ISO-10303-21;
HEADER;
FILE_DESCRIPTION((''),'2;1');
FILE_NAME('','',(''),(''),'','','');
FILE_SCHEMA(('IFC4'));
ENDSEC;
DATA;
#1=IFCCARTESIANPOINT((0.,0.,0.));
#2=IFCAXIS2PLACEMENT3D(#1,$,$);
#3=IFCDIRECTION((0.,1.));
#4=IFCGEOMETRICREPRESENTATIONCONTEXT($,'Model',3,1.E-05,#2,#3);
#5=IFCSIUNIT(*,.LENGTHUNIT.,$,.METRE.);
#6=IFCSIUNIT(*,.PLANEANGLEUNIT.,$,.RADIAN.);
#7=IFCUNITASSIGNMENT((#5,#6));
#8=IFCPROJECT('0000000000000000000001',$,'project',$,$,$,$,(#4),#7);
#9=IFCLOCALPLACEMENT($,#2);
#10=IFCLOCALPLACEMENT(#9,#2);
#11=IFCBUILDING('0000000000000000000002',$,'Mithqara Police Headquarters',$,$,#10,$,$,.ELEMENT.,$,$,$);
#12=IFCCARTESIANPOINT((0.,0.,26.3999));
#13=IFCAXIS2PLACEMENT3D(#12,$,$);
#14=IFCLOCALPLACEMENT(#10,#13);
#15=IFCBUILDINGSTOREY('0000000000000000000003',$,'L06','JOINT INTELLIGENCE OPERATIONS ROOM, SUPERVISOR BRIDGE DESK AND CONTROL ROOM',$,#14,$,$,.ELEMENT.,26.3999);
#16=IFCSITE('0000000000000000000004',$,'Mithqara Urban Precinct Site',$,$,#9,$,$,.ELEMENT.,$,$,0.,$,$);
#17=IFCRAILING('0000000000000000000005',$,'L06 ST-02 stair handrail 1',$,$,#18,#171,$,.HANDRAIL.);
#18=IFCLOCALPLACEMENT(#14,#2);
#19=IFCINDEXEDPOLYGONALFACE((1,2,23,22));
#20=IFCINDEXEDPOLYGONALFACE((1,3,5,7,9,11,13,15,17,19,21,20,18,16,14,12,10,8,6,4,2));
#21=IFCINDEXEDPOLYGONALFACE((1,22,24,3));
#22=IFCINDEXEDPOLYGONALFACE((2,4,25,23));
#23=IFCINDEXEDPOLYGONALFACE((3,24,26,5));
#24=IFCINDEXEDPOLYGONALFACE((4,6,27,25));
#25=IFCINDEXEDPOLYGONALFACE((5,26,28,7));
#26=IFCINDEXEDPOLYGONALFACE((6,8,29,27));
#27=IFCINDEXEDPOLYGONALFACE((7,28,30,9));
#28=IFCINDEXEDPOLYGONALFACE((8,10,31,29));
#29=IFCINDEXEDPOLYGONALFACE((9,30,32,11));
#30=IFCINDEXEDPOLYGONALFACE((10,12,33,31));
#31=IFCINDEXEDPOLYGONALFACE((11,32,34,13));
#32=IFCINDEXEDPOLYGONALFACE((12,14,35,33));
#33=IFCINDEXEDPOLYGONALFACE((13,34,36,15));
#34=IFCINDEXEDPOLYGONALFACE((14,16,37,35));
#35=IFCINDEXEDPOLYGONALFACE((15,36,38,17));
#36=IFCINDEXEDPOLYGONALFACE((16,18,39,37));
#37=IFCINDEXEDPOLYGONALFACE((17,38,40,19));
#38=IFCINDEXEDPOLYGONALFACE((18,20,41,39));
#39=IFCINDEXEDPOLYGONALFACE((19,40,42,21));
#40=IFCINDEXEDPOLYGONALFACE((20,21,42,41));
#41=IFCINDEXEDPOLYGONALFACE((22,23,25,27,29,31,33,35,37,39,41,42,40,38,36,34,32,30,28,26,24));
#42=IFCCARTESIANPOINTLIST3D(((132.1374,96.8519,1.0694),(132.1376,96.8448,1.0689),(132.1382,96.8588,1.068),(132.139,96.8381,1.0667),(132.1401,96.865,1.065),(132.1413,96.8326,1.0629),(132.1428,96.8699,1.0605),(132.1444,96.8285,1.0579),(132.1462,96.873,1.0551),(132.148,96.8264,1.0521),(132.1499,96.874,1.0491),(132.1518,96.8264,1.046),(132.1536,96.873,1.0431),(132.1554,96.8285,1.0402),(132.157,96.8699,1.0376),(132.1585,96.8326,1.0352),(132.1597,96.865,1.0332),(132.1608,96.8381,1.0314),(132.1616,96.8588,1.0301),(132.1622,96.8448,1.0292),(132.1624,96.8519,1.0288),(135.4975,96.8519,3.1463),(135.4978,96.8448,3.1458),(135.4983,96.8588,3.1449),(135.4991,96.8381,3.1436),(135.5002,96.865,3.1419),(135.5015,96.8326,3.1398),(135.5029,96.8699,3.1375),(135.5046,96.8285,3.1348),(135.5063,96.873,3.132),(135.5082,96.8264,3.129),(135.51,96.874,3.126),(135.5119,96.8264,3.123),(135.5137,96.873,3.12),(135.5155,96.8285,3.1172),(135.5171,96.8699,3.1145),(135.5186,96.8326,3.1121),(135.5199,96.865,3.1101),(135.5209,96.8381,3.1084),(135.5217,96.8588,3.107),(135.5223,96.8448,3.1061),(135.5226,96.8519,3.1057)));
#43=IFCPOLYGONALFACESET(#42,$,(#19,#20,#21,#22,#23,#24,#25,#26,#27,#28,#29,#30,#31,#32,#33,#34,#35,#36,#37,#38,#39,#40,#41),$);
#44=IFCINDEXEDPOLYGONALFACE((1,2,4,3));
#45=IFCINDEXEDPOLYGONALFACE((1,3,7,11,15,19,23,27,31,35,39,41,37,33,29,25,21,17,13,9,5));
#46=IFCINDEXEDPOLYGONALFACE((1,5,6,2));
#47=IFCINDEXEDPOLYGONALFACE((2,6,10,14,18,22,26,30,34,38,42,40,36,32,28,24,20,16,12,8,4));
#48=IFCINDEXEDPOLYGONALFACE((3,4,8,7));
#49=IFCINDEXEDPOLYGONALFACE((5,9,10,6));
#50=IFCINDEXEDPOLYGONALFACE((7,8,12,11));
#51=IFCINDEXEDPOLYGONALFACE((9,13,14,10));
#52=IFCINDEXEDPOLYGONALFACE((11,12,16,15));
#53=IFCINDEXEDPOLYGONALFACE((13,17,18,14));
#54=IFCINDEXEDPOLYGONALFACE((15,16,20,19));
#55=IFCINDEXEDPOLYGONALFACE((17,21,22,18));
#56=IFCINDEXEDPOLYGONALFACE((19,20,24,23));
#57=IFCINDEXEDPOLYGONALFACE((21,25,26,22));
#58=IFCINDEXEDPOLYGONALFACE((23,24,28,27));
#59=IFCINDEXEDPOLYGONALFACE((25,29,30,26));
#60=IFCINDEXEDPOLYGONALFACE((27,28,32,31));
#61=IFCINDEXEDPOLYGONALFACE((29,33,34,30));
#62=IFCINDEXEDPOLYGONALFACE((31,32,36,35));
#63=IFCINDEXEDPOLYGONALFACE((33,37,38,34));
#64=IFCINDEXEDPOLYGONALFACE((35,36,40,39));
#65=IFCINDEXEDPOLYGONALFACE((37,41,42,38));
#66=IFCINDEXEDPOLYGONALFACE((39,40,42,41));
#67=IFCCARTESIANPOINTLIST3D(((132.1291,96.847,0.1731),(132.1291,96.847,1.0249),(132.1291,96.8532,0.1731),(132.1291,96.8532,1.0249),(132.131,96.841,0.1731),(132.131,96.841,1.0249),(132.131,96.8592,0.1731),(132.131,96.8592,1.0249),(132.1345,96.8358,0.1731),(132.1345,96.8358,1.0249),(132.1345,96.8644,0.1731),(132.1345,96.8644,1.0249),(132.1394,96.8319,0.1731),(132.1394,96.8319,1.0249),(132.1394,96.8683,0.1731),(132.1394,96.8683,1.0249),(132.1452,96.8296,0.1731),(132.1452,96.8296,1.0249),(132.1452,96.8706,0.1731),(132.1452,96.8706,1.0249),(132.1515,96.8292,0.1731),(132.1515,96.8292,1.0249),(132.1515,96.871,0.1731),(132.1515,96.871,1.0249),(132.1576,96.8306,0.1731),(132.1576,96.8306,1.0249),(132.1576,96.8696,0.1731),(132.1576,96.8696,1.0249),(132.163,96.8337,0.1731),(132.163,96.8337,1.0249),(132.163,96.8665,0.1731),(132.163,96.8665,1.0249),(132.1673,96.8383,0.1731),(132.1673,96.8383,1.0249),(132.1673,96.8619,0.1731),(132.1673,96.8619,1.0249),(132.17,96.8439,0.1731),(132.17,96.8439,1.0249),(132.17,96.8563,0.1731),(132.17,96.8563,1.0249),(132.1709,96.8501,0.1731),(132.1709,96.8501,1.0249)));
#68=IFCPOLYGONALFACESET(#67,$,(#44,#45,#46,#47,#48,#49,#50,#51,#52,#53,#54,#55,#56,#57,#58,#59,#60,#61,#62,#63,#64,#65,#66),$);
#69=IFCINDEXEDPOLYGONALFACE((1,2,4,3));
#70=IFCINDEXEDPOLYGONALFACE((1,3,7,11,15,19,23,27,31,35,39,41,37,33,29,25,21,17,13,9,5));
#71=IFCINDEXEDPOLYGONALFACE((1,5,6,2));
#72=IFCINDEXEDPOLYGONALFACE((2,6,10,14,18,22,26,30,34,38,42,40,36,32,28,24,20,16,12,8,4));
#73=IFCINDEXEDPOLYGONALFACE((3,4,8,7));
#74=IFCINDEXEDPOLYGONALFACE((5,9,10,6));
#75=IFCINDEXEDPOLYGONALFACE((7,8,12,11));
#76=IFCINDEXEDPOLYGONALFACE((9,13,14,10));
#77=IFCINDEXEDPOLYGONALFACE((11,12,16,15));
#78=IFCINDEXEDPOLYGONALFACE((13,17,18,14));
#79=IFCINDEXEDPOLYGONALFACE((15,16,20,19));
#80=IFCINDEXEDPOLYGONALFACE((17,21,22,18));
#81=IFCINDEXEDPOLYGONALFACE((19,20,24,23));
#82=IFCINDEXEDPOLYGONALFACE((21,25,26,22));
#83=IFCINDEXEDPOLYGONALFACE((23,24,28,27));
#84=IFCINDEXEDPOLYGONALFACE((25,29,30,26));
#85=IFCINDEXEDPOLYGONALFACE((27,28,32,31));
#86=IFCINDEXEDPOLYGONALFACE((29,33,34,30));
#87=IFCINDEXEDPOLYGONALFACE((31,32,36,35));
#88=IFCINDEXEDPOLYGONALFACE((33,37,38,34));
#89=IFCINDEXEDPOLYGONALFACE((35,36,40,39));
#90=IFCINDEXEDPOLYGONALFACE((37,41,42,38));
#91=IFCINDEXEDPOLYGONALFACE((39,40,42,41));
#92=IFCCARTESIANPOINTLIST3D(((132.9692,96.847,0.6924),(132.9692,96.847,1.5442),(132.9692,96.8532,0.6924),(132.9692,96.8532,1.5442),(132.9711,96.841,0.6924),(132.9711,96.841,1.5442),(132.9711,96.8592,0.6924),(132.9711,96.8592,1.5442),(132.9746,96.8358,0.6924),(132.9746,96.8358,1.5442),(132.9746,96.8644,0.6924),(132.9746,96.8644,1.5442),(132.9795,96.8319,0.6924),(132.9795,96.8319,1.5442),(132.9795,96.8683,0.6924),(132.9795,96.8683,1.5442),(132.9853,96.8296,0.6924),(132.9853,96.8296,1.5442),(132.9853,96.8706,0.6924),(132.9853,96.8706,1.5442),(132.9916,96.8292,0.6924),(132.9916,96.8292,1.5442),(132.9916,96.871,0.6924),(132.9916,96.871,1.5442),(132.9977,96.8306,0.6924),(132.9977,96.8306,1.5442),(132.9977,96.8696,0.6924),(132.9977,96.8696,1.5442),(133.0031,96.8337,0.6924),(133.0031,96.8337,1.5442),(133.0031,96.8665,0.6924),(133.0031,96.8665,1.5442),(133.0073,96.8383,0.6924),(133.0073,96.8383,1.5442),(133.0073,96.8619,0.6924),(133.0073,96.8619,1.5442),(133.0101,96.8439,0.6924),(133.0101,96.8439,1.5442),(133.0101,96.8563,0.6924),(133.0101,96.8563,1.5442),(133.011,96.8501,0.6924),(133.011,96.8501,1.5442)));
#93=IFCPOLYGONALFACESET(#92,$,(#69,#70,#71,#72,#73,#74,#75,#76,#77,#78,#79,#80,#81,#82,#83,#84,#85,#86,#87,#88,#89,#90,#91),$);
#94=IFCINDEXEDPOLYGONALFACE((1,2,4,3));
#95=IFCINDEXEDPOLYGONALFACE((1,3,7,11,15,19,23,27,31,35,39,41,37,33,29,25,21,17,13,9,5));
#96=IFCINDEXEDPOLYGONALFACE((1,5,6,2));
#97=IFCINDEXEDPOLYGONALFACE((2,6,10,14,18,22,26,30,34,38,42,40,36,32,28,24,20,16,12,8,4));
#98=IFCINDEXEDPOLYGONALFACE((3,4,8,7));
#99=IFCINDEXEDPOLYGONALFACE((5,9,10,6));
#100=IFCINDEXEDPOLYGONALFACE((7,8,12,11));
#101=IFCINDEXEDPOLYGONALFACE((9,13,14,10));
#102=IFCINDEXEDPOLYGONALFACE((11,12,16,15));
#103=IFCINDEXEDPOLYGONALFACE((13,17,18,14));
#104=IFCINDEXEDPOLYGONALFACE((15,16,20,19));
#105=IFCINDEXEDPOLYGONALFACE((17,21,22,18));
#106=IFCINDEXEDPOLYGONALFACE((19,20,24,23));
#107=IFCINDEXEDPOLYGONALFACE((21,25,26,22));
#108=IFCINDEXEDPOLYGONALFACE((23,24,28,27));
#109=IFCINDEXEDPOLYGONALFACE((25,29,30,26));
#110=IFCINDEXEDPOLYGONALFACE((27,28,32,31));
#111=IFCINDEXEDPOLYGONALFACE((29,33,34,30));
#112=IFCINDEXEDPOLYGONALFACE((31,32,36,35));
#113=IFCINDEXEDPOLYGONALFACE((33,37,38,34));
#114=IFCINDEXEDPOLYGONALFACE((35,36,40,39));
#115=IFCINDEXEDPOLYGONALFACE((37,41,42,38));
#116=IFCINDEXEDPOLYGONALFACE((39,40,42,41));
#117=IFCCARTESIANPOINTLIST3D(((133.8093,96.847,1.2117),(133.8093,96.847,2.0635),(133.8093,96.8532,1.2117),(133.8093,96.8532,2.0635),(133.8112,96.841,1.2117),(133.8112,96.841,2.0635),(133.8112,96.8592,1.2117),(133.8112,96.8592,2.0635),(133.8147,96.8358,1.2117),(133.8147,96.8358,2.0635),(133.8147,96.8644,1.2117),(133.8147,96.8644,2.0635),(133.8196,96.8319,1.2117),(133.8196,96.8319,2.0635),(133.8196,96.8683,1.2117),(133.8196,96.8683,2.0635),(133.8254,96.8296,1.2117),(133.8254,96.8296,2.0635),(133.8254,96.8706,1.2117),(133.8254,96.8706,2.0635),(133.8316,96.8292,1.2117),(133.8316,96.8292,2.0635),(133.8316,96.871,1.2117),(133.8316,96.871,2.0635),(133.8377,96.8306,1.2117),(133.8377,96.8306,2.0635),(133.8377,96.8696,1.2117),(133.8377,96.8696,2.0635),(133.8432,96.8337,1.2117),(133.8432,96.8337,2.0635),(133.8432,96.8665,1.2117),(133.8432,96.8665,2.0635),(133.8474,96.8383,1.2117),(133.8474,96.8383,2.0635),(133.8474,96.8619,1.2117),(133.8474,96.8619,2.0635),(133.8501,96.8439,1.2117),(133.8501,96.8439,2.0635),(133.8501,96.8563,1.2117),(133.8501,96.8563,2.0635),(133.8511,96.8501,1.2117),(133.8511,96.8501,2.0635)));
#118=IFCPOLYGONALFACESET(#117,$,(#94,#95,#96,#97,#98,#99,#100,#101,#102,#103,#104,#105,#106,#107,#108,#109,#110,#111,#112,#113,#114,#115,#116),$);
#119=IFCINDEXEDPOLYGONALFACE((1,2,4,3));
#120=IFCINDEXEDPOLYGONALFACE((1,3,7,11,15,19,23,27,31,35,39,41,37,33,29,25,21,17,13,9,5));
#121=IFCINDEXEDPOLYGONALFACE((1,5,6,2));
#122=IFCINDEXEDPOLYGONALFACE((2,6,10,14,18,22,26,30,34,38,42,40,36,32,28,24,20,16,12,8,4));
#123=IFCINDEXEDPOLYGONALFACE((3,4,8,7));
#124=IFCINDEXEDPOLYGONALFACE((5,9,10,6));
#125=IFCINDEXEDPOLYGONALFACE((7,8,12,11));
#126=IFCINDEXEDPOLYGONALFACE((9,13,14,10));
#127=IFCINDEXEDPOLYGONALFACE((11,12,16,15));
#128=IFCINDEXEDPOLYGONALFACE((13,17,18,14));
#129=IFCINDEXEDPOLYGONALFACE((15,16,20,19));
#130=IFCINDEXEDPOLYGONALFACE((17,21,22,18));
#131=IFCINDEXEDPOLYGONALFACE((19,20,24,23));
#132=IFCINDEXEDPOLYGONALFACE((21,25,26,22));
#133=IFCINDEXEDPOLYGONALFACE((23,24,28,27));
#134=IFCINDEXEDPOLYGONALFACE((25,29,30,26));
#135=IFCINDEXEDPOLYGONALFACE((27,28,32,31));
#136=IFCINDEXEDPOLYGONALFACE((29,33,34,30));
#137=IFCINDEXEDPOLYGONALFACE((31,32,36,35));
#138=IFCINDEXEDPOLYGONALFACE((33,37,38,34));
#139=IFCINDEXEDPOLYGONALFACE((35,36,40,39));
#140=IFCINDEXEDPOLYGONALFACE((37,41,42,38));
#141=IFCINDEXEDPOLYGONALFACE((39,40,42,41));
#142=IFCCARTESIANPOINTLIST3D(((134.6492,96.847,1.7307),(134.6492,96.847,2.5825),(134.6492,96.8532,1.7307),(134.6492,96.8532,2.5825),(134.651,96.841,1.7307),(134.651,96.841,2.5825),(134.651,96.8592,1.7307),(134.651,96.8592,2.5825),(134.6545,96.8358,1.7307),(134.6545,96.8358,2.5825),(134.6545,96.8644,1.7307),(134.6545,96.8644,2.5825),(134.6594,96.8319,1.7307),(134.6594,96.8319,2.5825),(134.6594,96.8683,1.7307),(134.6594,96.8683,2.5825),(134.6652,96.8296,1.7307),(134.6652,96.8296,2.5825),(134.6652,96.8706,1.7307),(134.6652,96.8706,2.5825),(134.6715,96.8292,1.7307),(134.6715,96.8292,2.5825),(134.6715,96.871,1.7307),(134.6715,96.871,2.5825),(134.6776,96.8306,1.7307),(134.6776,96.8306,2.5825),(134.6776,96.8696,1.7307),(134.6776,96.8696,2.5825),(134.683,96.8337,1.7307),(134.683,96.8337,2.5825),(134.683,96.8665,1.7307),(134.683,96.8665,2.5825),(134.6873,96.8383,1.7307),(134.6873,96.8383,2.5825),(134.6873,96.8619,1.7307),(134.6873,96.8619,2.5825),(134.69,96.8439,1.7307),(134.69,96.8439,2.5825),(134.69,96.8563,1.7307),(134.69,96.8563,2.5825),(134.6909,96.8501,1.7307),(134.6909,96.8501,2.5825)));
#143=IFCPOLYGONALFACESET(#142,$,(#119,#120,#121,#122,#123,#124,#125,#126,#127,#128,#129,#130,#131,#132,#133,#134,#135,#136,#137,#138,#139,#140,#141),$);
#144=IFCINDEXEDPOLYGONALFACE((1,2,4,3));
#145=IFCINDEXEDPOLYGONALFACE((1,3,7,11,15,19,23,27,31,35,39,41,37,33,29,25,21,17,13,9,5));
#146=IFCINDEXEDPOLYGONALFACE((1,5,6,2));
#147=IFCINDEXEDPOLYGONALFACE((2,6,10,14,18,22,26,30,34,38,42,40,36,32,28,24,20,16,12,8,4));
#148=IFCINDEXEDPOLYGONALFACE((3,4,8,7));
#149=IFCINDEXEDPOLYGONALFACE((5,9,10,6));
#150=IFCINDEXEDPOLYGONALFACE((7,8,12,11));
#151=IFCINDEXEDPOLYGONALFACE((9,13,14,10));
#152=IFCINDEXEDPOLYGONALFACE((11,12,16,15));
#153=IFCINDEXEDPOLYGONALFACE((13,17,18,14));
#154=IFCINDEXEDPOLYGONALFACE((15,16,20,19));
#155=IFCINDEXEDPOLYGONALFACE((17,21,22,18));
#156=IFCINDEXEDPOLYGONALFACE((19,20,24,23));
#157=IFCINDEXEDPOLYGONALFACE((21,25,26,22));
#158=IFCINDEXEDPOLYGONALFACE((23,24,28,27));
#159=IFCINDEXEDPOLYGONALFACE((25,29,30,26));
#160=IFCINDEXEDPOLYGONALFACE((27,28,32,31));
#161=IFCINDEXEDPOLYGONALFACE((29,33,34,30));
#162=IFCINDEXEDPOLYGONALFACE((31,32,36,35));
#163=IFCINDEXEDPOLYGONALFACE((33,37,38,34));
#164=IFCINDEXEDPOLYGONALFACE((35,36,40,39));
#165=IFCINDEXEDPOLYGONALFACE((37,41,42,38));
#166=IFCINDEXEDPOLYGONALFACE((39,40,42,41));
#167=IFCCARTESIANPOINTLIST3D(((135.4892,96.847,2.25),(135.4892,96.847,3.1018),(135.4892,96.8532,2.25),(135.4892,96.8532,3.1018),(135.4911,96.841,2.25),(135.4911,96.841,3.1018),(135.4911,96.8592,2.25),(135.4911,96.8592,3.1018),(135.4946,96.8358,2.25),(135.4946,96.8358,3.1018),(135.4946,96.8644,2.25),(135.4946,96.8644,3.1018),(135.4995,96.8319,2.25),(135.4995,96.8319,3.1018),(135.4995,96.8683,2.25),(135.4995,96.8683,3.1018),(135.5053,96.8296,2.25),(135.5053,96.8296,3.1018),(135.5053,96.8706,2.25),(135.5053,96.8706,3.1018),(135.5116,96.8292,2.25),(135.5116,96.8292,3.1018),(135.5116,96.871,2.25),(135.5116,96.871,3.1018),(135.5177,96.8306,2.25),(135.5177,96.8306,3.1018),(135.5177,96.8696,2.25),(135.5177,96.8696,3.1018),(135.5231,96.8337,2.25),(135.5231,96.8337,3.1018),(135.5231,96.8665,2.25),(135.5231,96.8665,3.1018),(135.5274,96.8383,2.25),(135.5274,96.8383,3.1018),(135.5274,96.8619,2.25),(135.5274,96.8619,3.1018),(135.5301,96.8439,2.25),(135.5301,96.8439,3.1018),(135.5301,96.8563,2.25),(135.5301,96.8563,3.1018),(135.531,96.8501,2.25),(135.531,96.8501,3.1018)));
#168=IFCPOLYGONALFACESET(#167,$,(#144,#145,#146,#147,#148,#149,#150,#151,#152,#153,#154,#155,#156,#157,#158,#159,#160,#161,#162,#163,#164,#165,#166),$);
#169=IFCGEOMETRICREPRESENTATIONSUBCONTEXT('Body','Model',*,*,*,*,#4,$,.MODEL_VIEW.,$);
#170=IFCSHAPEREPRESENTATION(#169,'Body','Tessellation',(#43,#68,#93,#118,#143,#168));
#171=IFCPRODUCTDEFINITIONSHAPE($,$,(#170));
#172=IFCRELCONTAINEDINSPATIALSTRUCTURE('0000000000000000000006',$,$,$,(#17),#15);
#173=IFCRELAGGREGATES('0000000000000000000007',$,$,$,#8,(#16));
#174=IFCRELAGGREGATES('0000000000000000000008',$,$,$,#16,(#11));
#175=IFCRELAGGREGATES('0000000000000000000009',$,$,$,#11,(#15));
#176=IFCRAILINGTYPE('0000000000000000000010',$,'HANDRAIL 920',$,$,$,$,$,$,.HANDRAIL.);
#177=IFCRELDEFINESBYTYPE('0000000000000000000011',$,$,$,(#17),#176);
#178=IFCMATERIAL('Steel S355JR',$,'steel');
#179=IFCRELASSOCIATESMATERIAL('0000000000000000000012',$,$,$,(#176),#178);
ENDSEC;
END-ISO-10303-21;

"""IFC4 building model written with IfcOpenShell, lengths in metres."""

from ifc_helpers import new_model, si_unit, direction, frame, origin, origin_2d, place, context, subcontext, project, spatial, circle, extrude, material, type_object, element, save


model = new_model("IFC4")

# Units and contexts
model_context = context("Model", 3, precision=1e-05, world=origin(), true_north=direction((0.0, 1.0)))
body_context = subcontext(model_context, "Body", "Model", "MODEL_VIEW")
ifc_project = project(units=[si_unit("LENGTHUNIT", "METRE"), si_unit("PLANEANGLEUNIT", "RADIAN")], contexts=[model_context])

# Site, building, storey
site_placement = place(None, origin())
site = spatial("IfcSite", under=ifc_project, at=site_placement, Name="Mithqara Urban Precinct Site", CompositionType="ELEMENT", RefElevation=0.0)
building_placement = place(site_placement, origin())
building = spatial("IfcBuilding", under=site, at=building_placement, Name="Mithqara Police Headquarters", CompositionType="ELEMENT")
storey_placement = place(building_placement, frame((0.0, 0.0, 26.3999)))
storey = spatial("IfcBuildingStorey", under=building, at=storey_placement, Name="L06", Description="JOINT INTELLIGENCE OPERATIONS ROOM, SUPERVISOR BRIDGE DESK AND CONTROL ROOM", CompositionType="ELEMENT", Elevation=26.3999)

# Shared definitions
ifc_material_1 = material(Name="Steel S355JR", Category="steel")

# Railing
railing_type = type_object("IfcRailingType", Name="HANDRAIL 920", PredefinedType="HANDRAIL", material=ifc_material_1)
railing_placement = place(storey_placement, frame((132.1499, 96.8501, 0.1731)))
element("IfcRailing", 1, at=railing_placement, inside=storey, type_object=railing_type, Name="L06 ST-02 stair handrail 1", PredefinedType="HANDRAIL", context=body_context, shape_type="SweptSolid", body=[
    extrude(circle(Radius=0.0239, at=origin_2d()), frame((0.0, 0.0, 0.876), z_axis=(0.850623, 0.0, 0.525776), x_axis=(0.0, 1.0, 0.0)), (0.0, 0.0, 1.0), 3.9502),
    extrude(circle(Radius=0.021, at=origin_2d()), origin(), (0.0, 0.0, 1.0), 0.8518),
    extrude(circle(Radius=0.021, at=origin_2d()), frame((0.8401, 0.0, 0.5193)), (0.0, 0.0, 1.0), 0.8518),
    extrude(circle(Radius=0.021, at=origin_2d()), frame((1.6802, 0.0, 1.0386)), (0.0, 0.0, 1.0), 0.8518),
    extrude(circle(Radius=0.021, at=origin_2d()), frame((2.52, 0.0, 1.5576)), (0.0, 0.0, 1.0), 0.8518),
    extrude(circle(Radius=0.021, at=origin_2d()), frame((3.3601, 0.0, 2.0769)), (0.0, 0.0, 1.0), 0.8518),
])

save(model, "model.ifc")
